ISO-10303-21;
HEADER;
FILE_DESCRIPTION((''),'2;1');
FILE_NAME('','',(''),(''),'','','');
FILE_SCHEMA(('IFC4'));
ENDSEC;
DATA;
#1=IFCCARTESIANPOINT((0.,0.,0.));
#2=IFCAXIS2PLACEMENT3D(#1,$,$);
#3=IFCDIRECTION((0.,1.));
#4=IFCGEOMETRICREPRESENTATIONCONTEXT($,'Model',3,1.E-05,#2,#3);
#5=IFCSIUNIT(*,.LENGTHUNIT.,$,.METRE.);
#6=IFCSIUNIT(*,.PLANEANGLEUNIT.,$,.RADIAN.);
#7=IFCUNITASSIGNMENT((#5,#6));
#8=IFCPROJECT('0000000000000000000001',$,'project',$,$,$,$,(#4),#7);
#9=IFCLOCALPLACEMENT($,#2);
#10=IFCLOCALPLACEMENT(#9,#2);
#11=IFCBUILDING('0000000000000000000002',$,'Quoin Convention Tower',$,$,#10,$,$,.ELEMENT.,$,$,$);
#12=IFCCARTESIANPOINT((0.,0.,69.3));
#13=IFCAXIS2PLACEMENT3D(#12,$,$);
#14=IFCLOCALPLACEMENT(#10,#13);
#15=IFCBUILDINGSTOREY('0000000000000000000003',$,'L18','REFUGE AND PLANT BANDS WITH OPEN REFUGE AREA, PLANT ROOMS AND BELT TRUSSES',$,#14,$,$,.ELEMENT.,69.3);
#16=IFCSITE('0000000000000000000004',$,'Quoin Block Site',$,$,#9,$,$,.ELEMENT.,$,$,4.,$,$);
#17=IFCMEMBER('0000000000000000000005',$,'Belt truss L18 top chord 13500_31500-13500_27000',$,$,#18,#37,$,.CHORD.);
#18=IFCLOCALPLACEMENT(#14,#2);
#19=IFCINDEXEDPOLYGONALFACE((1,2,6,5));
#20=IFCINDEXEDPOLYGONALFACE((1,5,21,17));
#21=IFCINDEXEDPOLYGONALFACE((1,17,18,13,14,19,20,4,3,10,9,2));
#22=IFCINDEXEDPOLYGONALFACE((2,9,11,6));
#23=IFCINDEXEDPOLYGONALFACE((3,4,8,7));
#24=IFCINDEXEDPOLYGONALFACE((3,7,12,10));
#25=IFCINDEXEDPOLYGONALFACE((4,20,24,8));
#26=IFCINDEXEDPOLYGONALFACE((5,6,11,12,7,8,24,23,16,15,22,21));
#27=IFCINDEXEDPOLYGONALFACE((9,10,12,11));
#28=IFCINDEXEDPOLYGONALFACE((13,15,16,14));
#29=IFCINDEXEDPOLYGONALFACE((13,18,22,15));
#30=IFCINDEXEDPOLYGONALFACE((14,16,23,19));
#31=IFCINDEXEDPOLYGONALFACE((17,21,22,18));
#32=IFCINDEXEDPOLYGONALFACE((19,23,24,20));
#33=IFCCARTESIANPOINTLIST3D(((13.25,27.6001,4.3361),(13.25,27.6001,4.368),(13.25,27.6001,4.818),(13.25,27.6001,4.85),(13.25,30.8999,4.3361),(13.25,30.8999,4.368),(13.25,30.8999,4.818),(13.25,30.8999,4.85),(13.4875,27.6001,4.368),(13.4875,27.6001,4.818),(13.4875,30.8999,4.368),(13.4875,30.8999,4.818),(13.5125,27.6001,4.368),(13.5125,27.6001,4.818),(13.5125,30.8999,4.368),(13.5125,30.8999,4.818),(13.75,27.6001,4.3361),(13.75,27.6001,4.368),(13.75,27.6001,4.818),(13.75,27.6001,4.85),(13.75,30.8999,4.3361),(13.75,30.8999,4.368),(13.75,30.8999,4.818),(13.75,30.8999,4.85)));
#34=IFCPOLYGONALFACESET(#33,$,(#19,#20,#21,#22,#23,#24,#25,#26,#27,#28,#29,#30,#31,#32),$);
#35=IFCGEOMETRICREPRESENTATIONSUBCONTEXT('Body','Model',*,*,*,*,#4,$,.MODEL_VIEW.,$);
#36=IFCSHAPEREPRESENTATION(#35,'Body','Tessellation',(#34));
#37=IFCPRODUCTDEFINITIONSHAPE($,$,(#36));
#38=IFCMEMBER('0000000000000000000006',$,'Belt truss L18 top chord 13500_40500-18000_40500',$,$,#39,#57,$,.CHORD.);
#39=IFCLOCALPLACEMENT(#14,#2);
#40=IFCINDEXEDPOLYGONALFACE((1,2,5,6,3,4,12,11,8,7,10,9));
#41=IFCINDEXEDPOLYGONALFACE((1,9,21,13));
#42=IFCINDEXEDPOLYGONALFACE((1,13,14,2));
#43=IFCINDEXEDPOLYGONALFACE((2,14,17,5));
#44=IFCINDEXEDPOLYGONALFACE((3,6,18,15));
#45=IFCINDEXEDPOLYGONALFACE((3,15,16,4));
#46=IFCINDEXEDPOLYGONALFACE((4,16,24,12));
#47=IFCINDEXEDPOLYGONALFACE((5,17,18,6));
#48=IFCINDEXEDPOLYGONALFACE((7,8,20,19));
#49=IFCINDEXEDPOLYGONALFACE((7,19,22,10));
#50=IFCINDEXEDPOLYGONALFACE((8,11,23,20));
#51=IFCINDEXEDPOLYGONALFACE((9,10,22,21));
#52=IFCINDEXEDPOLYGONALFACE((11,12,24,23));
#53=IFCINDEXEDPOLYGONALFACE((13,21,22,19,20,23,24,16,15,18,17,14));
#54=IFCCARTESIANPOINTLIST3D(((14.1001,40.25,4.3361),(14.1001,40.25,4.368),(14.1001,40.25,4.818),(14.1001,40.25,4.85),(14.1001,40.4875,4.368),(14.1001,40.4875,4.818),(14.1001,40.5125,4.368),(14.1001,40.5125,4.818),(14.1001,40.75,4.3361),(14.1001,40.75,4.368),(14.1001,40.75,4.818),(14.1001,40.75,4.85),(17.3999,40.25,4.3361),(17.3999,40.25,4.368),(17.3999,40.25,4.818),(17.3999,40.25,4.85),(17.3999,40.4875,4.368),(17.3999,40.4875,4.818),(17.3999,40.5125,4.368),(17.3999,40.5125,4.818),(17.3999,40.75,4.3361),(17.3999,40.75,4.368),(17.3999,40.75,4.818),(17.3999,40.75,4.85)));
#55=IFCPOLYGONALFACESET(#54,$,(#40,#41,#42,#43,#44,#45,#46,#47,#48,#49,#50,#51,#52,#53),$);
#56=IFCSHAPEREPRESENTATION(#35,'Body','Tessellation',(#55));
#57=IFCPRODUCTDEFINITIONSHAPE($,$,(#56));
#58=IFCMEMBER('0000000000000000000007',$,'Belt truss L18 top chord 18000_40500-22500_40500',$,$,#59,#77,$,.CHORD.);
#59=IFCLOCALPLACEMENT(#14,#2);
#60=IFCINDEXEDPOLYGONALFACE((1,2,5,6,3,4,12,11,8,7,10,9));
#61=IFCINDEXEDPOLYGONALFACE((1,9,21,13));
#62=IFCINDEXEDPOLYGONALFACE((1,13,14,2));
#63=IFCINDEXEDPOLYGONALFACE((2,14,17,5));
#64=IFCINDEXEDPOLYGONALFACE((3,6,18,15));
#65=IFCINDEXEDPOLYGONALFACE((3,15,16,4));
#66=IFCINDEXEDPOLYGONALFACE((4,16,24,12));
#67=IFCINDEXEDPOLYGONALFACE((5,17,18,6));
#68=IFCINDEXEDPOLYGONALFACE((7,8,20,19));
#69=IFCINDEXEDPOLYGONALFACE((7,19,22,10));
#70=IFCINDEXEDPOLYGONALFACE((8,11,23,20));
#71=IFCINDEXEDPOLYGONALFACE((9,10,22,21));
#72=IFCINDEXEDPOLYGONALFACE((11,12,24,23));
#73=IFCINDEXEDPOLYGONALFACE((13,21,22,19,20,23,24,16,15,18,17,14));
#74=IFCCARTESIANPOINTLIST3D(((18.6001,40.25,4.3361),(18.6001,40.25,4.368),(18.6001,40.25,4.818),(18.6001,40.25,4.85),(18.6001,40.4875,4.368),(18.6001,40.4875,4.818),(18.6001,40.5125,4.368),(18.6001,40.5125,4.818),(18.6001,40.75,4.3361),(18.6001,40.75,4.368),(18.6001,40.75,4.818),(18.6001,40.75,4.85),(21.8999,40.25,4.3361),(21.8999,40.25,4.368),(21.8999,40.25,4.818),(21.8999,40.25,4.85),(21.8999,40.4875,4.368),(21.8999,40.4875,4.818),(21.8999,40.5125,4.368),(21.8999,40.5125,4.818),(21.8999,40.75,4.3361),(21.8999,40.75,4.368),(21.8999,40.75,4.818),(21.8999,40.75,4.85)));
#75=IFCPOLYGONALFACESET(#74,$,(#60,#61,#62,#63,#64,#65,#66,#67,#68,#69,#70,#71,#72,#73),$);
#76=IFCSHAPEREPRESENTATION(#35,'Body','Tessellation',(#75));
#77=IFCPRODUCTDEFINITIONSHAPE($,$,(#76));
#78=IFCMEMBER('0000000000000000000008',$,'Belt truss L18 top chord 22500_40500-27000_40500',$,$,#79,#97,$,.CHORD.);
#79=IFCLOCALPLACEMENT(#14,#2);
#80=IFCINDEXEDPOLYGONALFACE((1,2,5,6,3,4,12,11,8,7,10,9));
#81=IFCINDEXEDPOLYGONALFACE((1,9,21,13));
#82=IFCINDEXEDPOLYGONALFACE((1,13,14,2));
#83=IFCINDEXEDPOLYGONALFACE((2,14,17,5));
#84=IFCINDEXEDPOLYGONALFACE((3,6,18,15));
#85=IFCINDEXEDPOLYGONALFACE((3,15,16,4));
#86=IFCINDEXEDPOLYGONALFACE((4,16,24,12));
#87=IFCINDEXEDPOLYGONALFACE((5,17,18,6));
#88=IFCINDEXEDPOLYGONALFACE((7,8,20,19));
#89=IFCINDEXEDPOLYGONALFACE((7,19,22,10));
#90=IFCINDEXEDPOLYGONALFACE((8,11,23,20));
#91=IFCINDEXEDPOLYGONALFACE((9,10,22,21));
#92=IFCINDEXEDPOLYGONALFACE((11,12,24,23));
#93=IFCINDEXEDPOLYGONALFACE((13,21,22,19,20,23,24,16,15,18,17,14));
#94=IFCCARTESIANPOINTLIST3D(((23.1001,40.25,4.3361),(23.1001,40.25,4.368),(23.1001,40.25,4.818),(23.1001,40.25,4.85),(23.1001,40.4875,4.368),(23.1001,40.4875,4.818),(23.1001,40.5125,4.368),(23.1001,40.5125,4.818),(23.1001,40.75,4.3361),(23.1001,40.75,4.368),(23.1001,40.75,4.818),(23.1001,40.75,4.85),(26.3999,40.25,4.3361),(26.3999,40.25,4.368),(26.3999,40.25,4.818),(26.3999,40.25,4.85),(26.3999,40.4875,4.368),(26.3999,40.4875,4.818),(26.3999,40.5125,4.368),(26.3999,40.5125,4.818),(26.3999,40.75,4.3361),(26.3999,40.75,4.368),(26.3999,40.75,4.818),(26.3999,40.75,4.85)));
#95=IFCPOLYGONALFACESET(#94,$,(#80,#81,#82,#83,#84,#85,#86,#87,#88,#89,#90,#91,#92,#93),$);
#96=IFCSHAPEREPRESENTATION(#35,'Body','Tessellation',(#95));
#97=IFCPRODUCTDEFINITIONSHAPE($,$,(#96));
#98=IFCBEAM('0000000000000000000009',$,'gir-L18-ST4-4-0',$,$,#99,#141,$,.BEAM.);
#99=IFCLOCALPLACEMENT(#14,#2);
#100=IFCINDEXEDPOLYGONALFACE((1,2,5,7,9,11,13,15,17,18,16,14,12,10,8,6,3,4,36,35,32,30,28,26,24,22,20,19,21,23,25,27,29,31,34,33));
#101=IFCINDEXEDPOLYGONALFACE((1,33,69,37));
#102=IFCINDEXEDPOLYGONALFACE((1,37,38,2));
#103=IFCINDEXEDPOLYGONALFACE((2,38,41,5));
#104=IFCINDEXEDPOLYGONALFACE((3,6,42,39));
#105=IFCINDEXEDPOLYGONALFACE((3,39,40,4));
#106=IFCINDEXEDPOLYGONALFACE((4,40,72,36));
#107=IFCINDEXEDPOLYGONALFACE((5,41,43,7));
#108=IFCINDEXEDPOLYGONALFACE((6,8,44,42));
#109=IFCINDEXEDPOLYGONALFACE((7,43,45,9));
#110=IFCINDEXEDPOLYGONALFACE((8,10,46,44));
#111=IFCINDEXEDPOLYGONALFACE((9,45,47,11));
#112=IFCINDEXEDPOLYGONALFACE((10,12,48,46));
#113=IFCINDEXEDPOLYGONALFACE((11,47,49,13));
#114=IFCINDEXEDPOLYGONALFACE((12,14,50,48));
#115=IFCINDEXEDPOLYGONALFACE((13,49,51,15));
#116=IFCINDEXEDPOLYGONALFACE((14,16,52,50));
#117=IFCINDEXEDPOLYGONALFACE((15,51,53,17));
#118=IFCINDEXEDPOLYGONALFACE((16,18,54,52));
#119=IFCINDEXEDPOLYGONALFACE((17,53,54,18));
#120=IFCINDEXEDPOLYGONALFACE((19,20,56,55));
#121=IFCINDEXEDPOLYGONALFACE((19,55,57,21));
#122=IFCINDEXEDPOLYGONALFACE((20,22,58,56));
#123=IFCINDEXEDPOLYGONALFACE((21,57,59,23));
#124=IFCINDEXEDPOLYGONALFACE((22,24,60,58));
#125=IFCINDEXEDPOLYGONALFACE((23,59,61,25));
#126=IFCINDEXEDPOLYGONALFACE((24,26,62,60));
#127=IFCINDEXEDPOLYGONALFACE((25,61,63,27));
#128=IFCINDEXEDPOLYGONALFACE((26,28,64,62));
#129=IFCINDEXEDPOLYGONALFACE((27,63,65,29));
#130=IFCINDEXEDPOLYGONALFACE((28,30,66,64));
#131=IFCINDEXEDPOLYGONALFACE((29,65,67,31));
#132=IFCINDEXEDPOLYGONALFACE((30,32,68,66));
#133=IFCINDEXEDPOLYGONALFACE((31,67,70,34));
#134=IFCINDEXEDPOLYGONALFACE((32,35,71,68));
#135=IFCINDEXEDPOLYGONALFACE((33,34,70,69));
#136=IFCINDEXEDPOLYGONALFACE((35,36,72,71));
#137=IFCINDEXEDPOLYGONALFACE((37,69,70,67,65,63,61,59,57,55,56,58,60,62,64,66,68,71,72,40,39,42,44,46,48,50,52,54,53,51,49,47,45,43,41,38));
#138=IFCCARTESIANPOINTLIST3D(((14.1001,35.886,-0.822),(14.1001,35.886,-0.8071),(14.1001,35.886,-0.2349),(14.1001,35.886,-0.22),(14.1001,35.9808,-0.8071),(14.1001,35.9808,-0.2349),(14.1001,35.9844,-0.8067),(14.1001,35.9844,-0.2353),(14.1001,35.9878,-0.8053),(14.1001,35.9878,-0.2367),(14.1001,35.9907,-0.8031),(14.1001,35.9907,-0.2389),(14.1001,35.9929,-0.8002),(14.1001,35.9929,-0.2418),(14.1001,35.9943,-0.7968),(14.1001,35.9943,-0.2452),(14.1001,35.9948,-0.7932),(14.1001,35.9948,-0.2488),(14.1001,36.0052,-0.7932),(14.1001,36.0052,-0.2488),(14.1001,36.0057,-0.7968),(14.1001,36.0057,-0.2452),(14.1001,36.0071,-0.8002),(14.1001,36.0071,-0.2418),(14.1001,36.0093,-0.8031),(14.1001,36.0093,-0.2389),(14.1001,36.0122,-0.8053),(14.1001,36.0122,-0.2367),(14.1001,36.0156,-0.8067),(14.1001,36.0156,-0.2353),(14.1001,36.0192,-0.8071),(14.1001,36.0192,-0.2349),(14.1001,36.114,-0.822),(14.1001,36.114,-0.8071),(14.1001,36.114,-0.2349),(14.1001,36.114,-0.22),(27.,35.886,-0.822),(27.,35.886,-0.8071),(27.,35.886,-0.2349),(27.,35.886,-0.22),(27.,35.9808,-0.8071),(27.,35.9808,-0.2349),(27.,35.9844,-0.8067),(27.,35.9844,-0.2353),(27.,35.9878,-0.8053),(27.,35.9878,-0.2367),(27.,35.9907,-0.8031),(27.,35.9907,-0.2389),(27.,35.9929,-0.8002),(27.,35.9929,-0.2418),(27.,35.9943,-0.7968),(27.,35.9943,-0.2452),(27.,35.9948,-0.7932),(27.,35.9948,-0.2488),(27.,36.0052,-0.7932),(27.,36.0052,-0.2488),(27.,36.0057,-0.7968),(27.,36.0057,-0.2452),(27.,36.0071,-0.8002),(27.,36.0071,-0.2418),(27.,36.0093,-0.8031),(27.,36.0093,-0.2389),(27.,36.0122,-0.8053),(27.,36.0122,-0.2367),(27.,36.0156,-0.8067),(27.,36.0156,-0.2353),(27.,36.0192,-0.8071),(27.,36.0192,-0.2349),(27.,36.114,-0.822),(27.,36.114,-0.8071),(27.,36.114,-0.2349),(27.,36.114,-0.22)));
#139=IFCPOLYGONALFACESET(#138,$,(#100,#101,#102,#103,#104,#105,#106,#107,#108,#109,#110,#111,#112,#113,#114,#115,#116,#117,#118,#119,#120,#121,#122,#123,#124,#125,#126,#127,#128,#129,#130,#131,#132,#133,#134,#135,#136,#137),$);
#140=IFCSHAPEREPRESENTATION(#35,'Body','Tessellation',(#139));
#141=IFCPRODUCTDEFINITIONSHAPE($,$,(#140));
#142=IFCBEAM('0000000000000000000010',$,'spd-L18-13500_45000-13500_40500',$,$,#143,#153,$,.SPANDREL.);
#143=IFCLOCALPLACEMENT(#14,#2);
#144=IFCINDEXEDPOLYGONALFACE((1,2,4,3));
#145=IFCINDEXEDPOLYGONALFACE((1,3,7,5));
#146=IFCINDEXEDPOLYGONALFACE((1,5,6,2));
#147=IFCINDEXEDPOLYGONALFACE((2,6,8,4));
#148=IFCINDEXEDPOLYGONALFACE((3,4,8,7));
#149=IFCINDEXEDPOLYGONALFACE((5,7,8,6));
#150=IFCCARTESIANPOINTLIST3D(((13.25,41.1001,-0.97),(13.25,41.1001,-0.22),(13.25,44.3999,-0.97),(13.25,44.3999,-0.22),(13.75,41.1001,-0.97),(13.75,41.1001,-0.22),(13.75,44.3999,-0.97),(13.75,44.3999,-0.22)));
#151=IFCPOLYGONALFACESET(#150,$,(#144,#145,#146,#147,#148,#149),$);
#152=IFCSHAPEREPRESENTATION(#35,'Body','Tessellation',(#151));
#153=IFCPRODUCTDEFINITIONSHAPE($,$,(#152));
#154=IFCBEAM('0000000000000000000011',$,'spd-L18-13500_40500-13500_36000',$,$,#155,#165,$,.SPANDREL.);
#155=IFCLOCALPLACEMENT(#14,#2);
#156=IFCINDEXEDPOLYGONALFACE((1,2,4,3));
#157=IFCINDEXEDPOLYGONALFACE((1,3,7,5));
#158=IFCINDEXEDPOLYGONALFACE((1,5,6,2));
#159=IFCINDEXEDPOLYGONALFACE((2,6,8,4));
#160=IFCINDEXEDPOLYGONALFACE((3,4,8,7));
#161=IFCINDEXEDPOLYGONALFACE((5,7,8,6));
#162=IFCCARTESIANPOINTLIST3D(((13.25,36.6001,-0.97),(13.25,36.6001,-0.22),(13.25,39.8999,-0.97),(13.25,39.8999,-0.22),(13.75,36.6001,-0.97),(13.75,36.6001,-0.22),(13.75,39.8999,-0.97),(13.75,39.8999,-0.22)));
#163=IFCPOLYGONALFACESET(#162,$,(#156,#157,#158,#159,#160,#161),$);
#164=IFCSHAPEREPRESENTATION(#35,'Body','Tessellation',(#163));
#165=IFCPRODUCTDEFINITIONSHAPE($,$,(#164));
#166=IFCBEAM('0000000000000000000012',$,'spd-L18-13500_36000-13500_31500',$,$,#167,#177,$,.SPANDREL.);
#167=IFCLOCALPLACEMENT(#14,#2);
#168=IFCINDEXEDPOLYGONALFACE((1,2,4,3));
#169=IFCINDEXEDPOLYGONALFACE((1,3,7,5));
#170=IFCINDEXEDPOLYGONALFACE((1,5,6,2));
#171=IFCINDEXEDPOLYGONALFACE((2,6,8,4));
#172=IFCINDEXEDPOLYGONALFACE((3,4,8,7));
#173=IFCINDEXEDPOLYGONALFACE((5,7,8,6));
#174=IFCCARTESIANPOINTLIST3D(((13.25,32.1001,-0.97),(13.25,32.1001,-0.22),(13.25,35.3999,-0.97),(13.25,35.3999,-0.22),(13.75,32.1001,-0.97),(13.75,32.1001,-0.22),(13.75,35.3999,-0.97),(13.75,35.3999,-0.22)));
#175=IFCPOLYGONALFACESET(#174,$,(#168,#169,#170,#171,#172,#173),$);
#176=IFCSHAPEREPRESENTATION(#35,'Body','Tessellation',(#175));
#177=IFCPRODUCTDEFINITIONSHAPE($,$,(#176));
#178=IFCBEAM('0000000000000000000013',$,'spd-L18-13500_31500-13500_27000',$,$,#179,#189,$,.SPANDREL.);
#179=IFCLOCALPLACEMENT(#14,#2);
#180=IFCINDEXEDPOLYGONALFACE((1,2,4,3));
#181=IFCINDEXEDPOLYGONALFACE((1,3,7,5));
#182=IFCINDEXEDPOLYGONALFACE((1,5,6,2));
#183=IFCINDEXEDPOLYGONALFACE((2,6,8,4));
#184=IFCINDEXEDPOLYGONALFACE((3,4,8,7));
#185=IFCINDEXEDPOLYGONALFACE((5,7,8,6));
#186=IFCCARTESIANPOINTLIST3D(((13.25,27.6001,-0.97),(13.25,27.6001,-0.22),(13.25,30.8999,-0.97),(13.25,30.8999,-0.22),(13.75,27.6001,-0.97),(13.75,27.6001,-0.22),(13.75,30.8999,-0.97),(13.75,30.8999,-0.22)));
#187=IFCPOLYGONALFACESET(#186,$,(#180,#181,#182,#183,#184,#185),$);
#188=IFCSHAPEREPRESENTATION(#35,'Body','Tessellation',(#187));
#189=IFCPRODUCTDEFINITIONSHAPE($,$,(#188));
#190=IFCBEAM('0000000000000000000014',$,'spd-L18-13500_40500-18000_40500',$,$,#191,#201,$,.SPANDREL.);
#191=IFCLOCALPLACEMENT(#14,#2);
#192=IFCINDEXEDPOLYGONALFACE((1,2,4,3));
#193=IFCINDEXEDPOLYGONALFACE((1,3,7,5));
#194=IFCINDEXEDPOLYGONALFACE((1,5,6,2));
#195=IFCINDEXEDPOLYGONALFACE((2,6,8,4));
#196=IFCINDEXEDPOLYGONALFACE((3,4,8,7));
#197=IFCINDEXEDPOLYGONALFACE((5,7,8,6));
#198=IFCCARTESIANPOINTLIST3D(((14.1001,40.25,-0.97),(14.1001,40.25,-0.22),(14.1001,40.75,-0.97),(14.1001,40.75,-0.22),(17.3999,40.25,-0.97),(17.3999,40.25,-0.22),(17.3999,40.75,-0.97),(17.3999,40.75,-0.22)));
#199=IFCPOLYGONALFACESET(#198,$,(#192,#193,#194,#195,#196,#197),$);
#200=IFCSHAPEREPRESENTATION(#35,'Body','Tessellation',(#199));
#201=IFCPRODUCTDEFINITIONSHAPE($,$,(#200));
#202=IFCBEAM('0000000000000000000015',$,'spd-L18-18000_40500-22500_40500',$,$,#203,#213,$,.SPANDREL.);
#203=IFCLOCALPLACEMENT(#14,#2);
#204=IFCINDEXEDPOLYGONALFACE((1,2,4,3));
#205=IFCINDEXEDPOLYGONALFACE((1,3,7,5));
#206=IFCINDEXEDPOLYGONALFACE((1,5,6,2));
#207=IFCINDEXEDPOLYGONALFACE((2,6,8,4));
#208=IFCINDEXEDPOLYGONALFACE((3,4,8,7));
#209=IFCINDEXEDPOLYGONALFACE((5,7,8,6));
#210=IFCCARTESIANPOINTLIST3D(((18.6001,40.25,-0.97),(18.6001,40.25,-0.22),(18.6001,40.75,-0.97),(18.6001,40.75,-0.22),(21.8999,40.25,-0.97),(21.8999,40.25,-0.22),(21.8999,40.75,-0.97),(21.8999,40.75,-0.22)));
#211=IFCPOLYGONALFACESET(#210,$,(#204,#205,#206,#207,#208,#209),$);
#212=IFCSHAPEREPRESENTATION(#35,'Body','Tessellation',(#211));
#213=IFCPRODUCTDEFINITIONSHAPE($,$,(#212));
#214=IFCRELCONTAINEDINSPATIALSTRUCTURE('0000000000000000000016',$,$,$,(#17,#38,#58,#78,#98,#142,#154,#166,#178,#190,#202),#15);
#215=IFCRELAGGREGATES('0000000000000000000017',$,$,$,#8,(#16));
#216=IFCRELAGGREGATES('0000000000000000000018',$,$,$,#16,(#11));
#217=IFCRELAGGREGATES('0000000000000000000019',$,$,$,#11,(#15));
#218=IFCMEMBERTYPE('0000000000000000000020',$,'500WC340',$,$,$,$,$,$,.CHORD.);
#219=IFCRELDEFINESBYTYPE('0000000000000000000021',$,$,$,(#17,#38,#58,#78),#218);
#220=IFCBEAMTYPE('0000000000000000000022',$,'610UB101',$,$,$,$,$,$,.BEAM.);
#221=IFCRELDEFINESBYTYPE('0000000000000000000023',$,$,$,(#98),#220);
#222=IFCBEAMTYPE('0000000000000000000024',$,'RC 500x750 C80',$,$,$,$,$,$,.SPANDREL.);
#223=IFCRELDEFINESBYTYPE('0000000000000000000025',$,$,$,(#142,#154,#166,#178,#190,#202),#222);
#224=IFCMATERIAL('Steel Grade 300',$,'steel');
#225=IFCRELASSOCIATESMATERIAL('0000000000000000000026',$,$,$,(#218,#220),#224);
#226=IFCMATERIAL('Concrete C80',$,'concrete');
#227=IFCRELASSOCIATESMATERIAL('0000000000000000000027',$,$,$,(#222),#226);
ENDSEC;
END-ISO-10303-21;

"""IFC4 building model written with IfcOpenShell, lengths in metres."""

from ifc_helpers import new_model, si_unit, direction, frame, origin, origin_2d, place, context, subcontext, project, spatial, rectangle, i_section, extrude, material, material_profile, profile_set, type_object, element, save


model = new_model("IFC4")

# Units and contexts
model_context = context("Model", 3, precision=1e-05, world=origin(), true_north=direction((0.0, 1.0)))
body_context = subcontext(model_context, "Body", "Model", "MODEL_VIEW")
ifc_project = project(units=[si_unit("LENGTHUNIT", "METRE"), si_unit("PLANEANGLEUNIT", "RADIAN")], contexts=[model_context])

# Site, building, storey
site_placement = place(None, origin())
site = spatial("IfcSite", under=ifc_project, at=site_placement, Name="Quoin Block Site", CompositionType="ELEMENT", RefElevation=4.0)
building_placement = place(site_placement, origin())
building = spatial("IfcBuilding", under=site, at=building_placement, Name="Quoin Convention Tower", CompositionType="ELEMENT")
storey_placement = place(building_placement, frame((0.0, 0.0, 69.3)))
storey = spatial("IfcBuildingStorey", under=building, at=storey_placement, Name="L18", Description="REFUGE AND PLANT BANDS WITH OPEN REFUGE AREA, PLANT ROOMS AND BELT TRUSSES", CompositionType="ELEMENT", Elevation=69.3)

# Shared definitions
ifc_material_1 = material(Name="Concrete C80", Category="concrete")

# Shared definitions
ifc_material_2 = material(Name="Steel Grade 300", Category="steel")

# Members
ifc_material_profile_1 = material_profile(ifc_material_2, i_section(OverallWidth=0.5, OverallDepth=0.5139, WebThickness=0.0249, FlangeThickness=0.032, at=origin_2d()), Name="500WC340")
ifc_profile_set_1 = profile_set([ifc_material_profile_1], Name="Steel Grade 300")
member_type_1 = type_object("IfcMemberType", Name="500WC340", PredefinedType="CHORD", material=ifc_profile_set_1)
for number, where, z_axis, x_axis, name in (
    (1, (13.5, 30.8999, 4.593), (0.0, -1.0, 0.0), (1.0, 0.0, 0.0), "Belt truss L18 top chord 13500_31500-13500_27000"),
    (2, (14.1001, 40.5, 4.593), (1.0, 0.0, 0.0), (0.0, 1.0, 0.0), "Belt truss L18 top chord 13500_40500-18000_40500"),
    (3, (18.6001, 40.5, 4.593), (1.0, 0.0, 0.0), (0.0, 1.0, 0.0), "Belt truss L18 top chord 18000_40500-22500_40500"),
    (4, (23.1001, 40.5, 4.593), (1.0, 0.0, 0.0), (0.0, 1.0, 0.0), "Belt truss L18 top chord 22500_40500-27000_40500"),
):
    element("IfcMember", number, at=place(storey_placement, frame(where, z_axis=z_axis, x_axis=x_axis)), inside=storey, type_object=member_type_1, Name=name, PredefinedType="CHORD", context=body_context, shape_type="SweptSolid", body=[
        extrude(i_section(OverallWidth=0.5, OverallDepth=0.5139, WebThickness=0.0249, FlangeThickness=0.032, at=origin_2d()), origin(), (0.0, 0.0, 1.0), 3.2998),
    ])

# Beams
ifc_material_profile_2 = material_profile(ifc_material_2, i_section(OverallWidth=0.228, OverallDepth=0.6021, WebThickness=0.0105, FlangeThickness=0.0149, FilletRadius=0.0139, at=origin_2d()), Name="610UB101")
ifc_profile_set_2 = profile_set([ifc_material_profile_2], Name="Steel Grade 300")
beam_type_1 = type_object("IfcBeamType", Name="610UB101", PredefinedType="BEAM", material=ifc_profile_set_2)
beam_placement = place(storey_placement, frame((14.1001, 36.0, -0.521), z_axis=(1.0, 0.0, 0.0), x_axis=(0.0, 1.0, 0.0)))
element("IfcBeam", 5, at=beam_placement, inside=storey, type_object=beam_type_1, Name="gir-L18-ST4-4-0", PredefinedType="BEAM", context=body_context, shape_type="SweptSolid", body=[
    extrude(i_section(OverallWidth=0.228, OverallDepth=0.6021, WebThickness=0.0105, FlangeThickness=0.0149, FilletRadius=0.0139, at=origin_2d()), origin(), (0.0, 0.0, 1.0), 12.8999),
])
ifc_material_profile_3 = material_profile(ifc_material_1, rectangle(XDim=0.5, YDim=0.75, at=origin_2d()), Name="RC 500x750")
ifc_profile_set_3 = profile_set([ifc_material_profile_3], Name="Concrete C80")
beam_type_2 = type_object("IfcBeamType", Name="RC 500x750 C80", PredefinedType="SPANDREL", material=ifc_profile_set_3)
for number, where, z_axis, x_axis, name in (
    (6, (13.5, 44.3999, -0.595), (0.0, -1.0, 0.0), (1.0, 0.0, 0.0), "spd-L18-13500_45000-13500_40500"),
    (7, (13.5, 39.8999, -0.595), (0.0, -1.0, 0.0), (1.0, 0.0, 0.0), "spd-L18-13500_40500-13500_36000"),
    (8, (13.5, 35.3999, -0.595), (0.0, -1.0, 0.0), (1.0, 0.0, 0.0), "spd-L18-13500_36000-13500_31500"),
    (9, (13.5, 30.8999, -0.595), (0.0, -1.0, 0.0), (1.0, 0.0, 0.0), "spd-L18-13500_31500-13500_27000"),
    (10, (14.1001, 40.5, -0.595), (1.0, 0.0, 0.0), (0.0, 1.0, 0.0), "spd-L18-13500_40500-18000_40500"),
    (11, (18.6001, 40.5, -0.595), (1.0, 0.0, 0.0), (0.0, 1.0, 0.0), "spd-L18-18000_40500-22500_40500"),
):
    element("IfcBeam", number, at=place(storey_placement, frame(where, z_axis=z_axis, x_axis=x_axis)), inside=storey, type_object=beam_type_2, Name=name, PredefinedType="SPANDREL", context=body_context, shape_type="SweptSolid", body=[
        extrude(rectangle(XDim=0.5, YDim=0.75, at=origin_2d()), origin(), (0.0, 0.0, 1.0), 3.2998),
    ])

save(model, "model.ifc")
